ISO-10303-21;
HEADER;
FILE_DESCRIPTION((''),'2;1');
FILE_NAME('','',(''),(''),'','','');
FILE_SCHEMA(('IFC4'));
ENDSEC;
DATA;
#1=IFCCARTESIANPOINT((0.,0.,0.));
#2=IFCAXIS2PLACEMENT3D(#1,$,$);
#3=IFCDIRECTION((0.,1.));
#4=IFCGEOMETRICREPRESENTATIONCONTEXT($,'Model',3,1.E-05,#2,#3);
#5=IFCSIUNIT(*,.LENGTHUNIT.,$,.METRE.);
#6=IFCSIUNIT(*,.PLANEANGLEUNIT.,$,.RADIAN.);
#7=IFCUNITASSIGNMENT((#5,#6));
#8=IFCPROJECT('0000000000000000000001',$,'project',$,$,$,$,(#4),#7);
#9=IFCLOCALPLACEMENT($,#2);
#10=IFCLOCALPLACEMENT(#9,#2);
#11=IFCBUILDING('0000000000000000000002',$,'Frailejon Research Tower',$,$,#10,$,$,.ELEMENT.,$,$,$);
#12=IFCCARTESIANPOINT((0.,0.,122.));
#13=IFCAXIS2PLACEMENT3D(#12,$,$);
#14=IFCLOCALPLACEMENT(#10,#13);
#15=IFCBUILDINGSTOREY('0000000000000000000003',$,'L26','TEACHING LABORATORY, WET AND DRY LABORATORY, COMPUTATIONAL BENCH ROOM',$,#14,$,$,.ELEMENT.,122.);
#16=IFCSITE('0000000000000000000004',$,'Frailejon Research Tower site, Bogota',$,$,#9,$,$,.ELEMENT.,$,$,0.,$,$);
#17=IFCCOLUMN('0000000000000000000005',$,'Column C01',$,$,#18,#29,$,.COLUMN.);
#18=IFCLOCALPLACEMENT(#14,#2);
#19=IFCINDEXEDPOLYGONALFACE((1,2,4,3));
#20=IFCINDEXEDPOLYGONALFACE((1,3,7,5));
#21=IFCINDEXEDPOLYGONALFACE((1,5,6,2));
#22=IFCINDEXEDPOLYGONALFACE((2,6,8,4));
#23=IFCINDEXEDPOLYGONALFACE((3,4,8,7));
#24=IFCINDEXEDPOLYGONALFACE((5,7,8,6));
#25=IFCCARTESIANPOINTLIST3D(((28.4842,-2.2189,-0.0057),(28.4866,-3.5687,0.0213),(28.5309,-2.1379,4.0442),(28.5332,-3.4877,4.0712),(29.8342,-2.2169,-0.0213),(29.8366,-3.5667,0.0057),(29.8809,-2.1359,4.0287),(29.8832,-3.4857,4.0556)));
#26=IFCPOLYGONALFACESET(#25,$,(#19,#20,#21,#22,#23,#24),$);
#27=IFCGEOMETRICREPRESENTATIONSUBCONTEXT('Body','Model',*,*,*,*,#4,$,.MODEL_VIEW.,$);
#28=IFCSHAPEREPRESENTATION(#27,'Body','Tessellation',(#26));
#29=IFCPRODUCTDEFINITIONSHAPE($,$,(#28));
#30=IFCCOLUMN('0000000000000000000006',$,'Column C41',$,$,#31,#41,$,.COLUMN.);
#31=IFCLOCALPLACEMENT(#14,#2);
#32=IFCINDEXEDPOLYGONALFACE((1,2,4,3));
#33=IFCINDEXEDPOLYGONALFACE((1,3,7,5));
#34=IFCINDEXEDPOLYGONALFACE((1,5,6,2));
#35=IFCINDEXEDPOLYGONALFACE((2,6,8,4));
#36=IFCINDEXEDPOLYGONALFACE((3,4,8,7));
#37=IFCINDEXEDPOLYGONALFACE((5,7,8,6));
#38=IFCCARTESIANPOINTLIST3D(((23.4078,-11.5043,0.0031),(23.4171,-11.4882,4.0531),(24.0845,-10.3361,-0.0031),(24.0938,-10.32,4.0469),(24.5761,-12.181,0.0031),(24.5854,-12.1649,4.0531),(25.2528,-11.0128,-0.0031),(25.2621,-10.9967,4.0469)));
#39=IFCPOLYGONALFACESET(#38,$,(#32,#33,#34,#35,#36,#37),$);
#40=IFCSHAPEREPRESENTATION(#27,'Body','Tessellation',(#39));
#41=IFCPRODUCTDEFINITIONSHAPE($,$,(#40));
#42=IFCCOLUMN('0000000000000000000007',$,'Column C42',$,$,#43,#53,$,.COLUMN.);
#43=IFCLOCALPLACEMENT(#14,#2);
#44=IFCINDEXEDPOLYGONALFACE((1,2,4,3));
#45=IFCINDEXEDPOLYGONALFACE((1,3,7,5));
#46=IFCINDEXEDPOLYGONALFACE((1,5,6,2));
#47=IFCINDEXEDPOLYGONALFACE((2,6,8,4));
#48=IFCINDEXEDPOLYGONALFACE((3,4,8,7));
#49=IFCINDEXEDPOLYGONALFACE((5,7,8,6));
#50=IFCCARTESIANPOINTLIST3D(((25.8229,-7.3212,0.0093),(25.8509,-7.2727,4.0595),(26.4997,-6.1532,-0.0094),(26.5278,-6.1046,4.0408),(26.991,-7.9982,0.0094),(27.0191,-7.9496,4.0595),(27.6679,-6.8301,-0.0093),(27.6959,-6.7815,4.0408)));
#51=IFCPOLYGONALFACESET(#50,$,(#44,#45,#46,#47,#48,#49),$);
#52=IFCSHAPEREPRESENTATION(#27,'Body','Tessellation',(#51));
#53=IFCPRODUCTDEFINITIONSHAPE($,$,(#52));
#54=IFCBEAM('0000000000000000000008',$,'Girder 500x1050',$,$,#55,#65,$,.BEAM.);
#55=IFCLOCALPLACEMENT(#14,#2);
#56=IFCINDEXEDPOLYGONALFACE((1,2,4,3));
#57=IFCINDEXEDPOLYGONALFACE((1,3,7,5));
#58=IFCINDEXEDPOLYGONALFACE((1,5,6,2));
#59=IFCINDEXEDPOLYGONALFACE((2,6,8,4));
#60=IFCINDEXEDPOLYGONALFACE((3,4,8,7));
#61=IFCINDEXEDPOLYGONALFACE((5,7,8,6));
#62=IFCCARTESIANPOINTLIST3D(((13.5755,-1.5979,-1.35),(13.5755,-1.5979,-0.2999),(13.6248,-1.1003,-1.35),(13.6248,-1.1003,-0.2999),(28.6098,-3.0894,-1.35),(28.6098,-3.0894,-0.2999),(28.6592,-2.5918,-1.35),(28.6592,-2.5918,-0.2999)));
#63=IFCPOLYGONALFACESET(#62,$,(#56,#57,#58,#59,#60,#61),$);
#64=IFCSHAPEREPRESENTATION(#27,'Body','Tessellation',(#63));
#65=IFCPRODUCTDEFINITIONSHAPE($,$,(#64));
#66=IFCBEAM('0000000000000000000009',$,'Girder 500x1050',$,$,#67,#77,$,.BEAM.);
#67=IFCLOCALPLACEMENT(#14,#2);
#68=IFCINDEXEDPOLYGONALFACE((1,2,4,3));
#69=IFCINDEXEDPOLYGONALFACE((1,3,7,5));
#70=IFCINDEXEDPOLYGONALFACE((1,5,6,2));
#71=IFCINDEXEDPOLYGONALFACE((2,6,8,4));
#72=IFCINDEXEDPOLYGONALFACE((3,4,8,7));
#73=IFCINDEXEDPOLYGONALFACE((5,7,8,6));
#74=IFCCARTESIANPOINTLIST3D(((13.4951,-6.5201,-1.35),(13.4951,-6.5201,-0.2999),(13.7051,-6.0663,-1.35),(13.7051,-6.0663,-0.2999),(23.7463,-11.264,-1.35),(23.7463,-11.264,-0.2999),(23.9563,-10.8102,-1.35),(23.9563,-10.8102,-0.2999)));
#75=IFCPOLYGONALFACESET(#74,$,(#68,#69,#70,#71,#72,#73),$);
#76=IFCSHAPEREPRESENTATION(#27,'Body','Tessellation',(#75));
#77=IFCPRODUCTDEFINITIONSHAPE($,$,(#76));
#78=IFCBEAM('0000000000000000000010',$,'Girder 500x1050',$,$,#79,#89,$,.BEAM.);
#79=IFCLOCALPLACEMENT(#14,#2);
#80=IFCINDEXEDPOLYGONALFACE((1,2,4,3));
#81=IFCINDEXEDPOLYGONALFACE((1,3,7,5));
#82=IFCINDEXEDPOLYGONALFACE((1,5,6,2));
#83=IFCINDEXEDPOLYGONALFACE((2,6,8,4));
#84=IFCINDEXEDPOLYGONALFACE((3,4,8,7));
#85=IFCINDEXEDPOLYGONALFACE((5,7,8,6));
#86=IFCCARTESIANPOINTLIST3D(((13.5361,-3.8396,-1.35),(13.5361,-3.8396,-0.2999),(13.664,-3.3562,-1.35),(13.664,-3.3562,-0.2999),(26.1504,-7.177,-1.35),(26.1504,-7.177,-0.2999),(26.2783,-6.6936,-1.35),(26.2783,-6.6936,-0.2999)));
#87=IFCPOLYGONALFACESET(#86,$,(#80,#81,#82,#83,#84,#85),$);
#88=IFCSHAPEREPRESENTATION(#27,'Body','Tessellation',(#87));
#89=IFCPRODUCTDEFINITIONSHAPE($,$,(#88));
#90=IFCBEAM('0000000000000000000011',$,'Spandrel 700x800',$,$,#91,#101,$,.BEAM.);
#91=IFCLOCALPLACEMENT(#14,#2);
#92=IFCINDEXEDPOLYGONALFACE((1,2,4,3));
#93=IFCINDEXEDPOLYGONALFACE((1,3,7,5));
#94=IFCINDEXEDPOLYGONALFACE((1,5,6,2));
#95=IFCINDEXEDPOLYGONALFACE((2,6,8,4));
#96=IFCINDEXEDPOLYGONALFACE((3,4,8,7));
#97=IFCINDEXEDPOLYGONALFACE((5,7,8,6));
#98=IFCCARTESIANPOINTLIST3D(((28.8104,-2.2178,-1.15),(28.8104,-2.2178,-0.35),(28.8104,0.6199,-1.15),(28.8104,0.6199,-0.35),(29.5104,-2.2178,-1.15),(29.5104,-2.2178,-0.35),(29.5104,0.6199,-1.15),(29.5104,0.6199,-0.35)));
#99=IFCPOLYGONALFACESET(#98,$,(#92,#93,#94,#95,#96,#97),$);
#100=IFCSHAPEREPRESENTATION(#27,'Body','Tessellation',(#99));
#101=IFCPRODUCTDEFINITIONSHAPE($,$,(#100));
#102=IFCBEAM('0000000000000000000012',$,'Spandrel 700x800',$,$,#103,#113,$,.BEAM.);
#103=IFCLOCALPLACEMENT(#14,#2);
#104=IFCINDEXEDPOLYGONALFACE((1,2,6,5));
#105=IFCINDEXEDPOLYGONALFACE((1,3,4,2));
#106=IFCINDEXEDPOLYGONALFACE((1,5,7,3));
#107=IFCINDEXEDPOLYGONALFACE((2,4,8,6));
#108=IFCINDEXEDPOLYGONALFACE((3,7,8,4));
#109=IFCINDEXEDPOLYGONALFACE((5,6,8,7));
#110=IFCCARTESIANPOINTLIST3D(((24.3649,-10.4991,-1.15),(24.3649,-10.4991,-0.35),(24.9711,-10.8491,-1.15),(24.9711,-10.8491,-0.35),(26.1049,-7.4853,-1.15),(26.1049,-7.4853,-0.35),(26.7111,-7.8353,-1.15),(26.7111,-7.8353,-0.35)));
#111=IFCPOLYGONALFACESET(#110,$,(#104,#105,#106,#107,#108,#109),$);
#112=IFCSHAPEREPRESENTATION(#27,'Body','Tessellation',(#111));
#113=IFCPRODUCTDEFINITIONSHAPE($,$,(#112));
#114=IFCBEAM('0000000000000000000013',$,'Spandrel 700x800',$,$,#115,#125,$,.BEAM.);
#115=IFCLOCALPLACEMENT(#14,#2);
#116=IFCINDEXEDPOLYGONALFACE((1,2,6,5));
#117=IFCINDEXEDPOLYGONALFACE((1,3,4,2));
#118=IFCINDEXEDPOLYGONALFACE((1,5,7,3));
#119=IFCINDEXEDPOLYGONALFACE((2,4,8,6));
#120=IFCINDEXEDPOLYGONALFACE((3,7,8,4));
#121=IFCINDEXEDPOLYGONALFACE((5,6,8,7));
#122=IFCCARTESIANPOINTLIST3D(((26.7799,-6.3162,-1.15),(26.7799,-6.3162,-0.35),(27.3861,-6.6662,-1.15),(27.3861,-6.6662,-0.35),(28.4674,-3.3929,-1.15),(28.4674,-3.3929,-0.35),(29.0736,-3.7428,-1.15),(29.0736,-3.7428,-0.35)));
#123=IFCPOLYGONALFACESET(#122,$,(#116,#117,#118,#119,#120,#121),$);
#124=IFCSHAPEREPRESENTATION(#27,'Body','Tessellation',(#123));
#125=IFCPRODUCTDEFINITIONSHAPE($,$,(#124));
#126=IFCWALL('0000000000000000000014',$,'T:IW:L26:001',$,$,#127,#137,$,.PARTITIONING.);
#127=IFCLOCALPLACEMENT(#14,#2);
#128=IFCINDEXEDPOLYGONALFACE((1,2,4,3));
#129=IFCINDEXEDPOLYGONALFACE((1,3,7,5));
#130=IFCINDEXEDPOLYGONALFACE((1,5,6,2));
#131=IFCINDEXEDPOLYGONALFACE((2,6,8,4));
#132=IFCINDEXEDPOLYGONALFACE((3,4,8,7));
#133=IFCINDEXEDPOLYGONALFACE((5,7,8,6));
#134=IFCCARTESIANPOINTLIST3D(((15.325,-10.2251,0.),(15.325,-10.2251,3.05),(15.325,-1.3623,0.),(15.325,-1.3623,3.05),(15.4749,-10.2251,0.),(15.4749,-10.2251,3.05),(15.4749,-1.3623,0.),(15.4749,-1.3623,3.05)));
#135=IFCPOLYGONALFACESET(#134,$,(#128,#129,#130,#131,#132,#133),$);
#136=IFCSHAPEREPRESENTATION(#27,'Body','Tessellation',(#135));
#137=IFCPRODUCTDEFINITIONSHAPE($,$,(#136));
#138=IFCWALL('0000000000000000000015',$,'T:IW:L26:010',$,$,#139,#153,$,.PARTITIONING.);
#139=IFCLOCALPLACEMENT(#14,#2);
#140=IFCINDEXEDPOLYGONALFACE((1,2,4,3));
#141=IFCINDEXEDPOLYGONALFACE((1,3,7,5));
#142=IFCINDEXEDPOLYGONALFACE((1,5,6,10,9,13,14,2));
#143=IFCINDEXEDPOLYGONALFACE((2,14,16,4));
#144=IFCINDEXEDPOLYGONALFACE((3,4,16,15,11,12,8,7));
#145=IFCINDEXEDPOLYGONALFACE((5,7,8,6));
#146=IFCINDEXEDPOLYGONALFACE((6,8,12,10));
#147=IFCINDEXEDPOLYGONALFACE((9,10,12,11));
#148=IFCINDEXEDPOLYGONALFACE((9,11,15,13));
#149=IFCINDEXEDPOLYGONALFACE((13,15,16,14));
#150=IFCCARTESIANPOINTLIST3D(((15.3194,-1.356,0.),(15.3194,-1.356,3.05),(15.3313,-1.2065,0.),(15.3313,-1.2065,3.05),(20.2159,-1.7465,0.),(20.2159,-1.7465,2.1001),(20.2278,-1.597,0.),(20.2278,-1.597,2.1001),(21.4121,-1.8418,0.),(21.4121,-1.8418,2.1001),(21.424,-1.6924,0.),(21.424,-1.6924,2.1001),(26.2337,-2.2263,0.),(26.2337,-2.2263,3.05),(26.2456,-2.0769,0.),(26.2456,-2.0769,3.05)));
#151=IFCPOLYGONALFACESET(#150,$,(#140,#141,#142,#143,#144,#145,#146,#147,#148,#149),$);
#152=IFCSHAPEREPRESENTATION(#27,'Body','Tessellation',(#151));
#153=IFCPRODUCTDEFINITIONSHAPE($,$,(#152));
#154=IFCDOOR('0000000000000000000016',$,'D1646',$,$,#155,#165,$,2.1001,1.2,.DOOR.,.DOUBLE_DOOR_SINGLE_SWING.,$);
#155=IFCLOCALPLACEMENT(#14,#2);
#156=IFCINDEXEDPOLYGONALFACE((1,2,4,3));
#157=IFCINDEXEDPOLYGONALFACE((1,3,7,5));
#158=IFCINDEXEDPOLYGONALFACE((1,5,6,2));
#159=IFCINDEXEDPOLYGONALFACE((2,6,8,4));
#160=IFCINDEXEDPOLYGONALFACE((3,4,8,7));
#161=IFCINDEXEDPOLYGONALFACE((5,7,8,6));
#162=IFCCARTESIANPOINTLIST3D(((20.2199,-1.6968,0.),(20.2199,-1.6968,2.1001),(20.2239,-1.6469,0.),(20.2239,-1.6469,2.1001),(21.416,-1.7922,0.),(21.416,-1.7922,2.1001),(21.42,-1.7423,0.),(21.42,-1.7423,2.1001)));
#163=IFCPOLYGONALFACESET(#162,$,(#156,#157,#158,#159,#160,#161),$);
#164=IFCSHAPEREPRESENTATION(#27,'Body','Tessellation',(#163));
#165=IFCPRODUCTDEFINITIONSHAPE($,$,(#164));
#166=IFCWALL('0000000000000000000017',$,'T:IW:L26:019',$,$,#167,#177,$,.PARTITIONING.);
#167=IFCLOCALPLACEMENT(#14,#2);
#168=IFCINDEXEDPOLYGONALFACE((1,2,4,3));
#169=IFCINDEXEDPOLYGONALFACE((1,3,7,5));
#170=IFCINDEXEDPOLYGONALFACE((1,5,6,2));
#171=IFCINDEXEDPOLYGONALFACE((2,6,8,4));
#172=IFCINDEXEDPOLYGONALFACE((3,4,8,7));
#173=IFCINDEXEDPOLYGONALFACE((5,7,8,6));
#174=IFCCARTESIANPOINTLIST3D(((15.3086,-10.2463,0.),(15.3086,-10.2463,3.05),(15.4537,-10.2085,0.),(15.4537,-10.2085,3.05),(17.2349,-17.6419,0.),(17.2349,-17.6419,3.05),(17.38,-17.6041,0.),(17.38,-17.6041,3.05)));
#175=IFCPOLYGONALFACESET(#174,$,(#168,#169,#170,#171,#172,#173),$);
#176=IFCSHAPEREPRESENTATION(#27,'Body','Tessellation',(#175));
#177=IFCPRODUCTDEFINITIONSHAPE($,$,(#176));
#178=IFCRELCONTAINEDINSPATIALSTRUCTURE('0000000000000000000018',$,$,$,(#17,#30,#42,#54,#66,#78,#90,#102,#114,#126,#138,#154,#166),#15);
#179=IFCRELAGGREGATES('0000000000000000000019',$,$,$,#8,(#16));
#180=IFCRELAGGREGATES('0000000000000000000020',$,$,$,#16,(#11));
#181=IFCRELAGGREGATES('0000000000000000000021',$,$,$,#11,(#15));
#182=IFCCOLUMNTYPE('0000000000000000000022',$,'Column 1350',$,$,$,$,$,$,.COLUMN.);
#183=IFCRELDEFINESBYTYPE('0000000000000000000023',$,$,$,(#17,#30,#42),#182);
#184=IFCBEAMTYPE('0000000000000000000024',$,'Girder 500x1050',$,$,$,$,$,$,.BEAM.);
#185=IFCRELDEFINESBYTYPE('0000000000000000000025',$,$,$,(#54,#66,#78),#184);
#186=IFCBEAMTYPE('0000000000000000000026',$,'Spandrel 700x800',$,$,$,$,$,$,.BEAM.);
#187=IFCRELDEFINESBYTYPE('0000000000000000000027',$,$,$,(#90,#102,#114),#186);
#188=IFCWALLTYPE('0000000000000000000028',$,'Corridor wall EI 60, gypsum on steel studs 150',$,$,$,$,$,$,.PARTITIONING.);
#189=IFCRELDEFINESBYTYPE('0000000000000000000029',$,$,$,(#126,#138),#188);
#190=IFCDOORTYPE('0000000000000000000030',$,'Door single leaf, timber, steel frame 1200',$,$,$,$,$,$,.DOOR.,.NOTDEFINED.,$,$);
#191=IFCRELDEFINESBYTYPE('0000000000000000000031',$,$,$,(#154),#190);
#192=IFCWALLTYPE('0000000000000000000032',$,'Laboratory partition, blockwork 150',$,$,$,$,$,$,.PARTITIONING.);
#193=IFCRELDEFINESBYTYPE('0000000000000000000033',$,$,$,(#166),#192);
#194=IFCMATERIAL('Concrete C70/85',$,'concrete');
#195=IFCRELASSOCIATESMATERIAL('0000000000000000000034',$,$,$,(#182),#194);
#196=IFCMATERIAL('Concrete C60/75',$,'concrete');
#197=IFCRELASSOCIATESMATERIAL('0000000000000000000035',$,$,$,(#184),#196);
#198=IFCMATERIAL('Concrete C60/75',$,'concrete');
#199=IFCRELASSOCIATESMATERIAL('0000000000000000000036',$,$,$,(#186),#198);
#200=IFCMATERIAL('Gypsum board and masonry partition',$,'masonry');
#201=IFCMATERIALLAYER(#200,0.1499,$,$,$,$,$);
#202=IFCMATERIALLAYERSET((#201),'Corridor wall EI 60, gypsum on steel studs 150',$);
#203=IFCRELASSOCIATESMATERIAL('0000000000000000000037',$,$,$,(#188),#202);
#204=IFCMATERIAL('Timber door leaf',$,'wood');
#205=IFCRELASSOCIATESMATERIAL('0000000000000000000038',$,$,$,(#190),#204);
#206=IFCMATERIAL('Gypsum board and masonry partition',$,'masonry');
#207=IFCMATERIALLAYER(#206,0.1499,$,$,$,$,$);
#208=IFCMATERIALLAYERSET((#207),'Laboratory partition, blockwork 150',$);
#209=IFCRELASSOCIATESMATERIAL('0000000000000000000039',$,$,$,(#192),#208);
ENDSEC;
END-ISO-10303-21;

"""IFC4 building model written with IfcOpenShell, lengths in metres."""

from ifc_helpers import new_model, si_unit, direction, frame, frame_2d, origin, origin_2d, place, context, subcontext, project, spatial, rectangle, extrude, material, layer, layer_set, material_profile, profile_set, type_object, element, fill, save


model = new_model("IFC4")

# Units and contexts
model_context = context("Model", 3, precision=1e-05, world=origin(), true_north=direction((0.0, 1.0)))
body_context = subcontext(model_context, "Body", "Model", "MODEL_VIEW")
ifc_project = project(units=[si_unit("LENGTHUNIT", "METRE"), si_unit("PLANEANGLEUNIT", "RADIAN")], contexts=[model_context])

# Site, building, storey
site_placement = place(None, origin())
site = spatial("IfcSite", under=ifc_project, at=site_placement, Name="Frailejon Research Tower site, Bogota", CompositionType="ELEMENT", RefElevation=0.0)
building_placement = place(site_placement, origin())
building = spatial("IfcBuilding", under=site, at=building_placement, Name="Frailejon Research Tower", CompositionType="ELEMENT")
storey_placement = place(building_placement, frame((0.0, 0.0, 122.0)))
storey = spatial("IfcBuildingStorey", under=building, at=storey_placement, Name="L26", Description="TEACHING LABORATORY, WET AND DRY LABORATORY, COMPUTATIONAL BENCH ROOM", CompositionType="ELEMENT", Elevation=122.0)

# Columns
ifc_material_1 = material(Name="Concrete C70/85", Category="concrete")
ifc_material_profile_1 = material_profile(ifc_material_1, rectangle(XDim=1.3501, YDim=1.3501, at=origin_2d()), Name="Column 1350")
ifc_profile_set_1 = profile_set([ifc_material_profile_1], Name="Concrete C70/85")
column_type = type_object("IfcColumnType", Name="Column 1350", PredefinedType="COLUMN", material=ifc_profile_set_1)
column_1_placement = place(storey_placement, frame((29.1604, -2.8928, 0.0), z_axis=(0.011511, 0.020008, 0.999734), x_axis=(-0.001711, 0.999799, -0.01999)))
element("IfcColumn", 1, at=column_1_placement, inside=storey, type_object=column_type, Name="Column C01", PredefinedType="COLUMN", context=body_context, shape_type="SweptSolid", body=[
    extrude(rectangle(XDim=1.3501, YDim=1.3501, at=origin_2d()), origin(), (0.0, 0.0, 1.0), 4.051),
])
column_2_placement = place(storey_placement, frame((24.3303, -11.2585, 0.0), z_axis=(0.002291, 0.003978, 0.999989), x_axis=(0.501228, 0.865303, -0.004591)))
element("IfcColumn", 2, at=column_2_placement, inside=storey, type_object=column_type, Name="Column C41", PredefinedType="COLUMN", context=body_context, shape_type="SweptSolid", body=[
    extrude(rectangle(XDim=1.3501, YDim=1.3501, at=origin_2d()), origin(), (0.0, 0.0, 1.0), 4.05),
])
column_3_placement = place(storey_placement, frame((26.7454, -7.0757, 0.0), z_axis=(0.006932, 0.011995, 0.999904), x_axis=(0.501337, 0.865141, -0.013854)))
element("IfcColumn", 3, at=column_3_placement, inside=storey, type_object=column_type, Name="Column C42", PredefinedType="COLUMN", context=body_context, shape_type="SweptSolid", body=[
    extrude(rectangle(XDim=1.3501, YDim=1.3501, at=origin_2d()), origin(), (0.0, 0.0, 1.0), 4.0505),
])

# Beams
ifc_material_2 = material(Name="Concrete C60/75", Category="concrete")
ifc_material_profile_2 = material_profile(ifc_material_2, rectangle(XDim=0.5, YDim=1.05, at=origin_2d()), Name="Girder 500x1050")
ifc_profile_set_2 = profile_set([ifc_material_profile_2], Name="Concrete C60/75")
beam_type_1 = type_object("IfcBeamType", Name="Girder 500x1050", PredefinedType="BEAM", material=ifc_profile_set_2)
beam_1_placement = place(storey_placement, frame((28.6345, -2.8406, -0.825), z_axis=(-0.995115, 0.098718, 0.0), x_axis=(-0.098718, -0.995115, 0.0)))
element("IfcBeam", 4, at=beam_1_placement, inside=storey, type_object=beam_type_1, Name="Girder 500x1050", PredefinedType="BEAM", context=body_context, shape_type="SweptSolid", body=[
    extrude(rectangle(XDim=0.5, YDim=1.05, at=origin_2d()), origin(), (0.0, 0.0, 1.0), 15.1082),
])
beam_2_placement = place(storey_placement, frame((23.8513, -11.0371, -0.825), z_axis=(-0.907536, 0.419975, 0.0), x_axis=(-0.419975, -0.907536, 0.0)))
element("IfcBeam", 5, at=beam_2_placement, inside=storey, type_object=beam_type_1, Name="Girder 500x1050", PredefinedType="BEAM", context=body_context, shape_type="SweptSolid", body=[
    extrude(rectangle(XDim=0.5, YDim=1.05, at=origin_2d()), origin(), (0.0, 0.0, 1.0), 11.2957),
])
beam_3_placement = place(storey_placement, frame((26.2144, -6.9353, -0.825), z_axis=(-0.966737, 0.255773, 0.0), x_axis=(-0.255773, -0.966737, 0.0)))
element("IfcBeam", 6, at=beam_3_placement, inside=storey, type_object=beam_type_1, Name="Girder 500x1050", PredefinedType="BEAM", context=body_context, shape_type="SweptSolid", body=[
    extrude(rectangle(XDim=0.5, YDim=1.05, at=origin_2d()), origin(), (0.0, 0.0, 1.0), 13.0483),
])
ifc_material_3 = material(Name="Concrete C60/75", Category="concrete")
ifc_material_profile_3 = material_profile(ifc_material_3, rectangle(XDim=0.7, YDim=0.8, at=origin_2d()), Name="Spandrel 700x800")
ifc_profile_set_3 = profile_set([ifc_material_profile_3], Name="Concrete C60/75")
beam_type_2 = type_object("IfcBeamType", Name="Spandrel 700x800", PredefinedType="BEAM", material=ifc_profile_set_3)
beam_4_placement = place(storey_placement, frame((29.1604, -2.2178, -0.75), z_axis=(0.0, 1.0, 0.0), x_axis=(-1.0, 0.0, 0.0)))
element("IfcBeam", 7, at=beam_4_placement, inside=storey, type_object=beam_type_2, Name="Spandrel 700x800", PredefinedType="BEAM", context=body_context, shape_type="SweptSolid", body=[
    extrude(rectangle(XDim=0.7, YDim=0.8, at=origin_2d()), origin(), (0.0, 0.0, 1.0), 2.8376),
])
beam_5_placement = place(storey_placement, frame((24.668, -10.6741, -0.75), z_axis=(0.50001, 0.86602, 0.0), x_axis=(-0.86602, 0.50001, 0.0)))
element("IfcBeam", 8, at=beam_5_placement, inside=storey, type_object=beam_type_2, Name="Spandrel 700x800", PredefinedType="BEAM", context=body_context, shape_type="SweptSolid", body=[
    extrude(rectangle(XDim=0.7, YDim=0.8, at=origin_2d()), origin(), (0.0, 0.0, 1.0), 3.48),
])
beam_6_placement = place(storey_placement, frame((27.083, -6.4912, -0.75), z_axis=(0.499935, 0.866063, 0.0), x_axis=(-0.866063, 0.499935, 0.0)))
element("IfcBeam", 9, at=beam_6_placement, inside=storey, type_object=beam_type_2, Name="Spandrel 700x800", PredefinedType="BEAM", context=body_context, shape_type="SweptSolid", body=[
    extrude(rectangle(XDim=0.7, YDim=0.8, at=origin_2d()), origin(), (0.0, 0.0, 1.0), 3.3755),
])

# Wall
ifc_material_4 = material(Name="Gypsum board and masonry partition", Category="masonry")
ifc_layer_1 = layer(ifc_material_4, 0.1499)
ifc_layer_set_1 = layer_set([ifc_layer_1], Name="Corridor wall EI 60, gypsum on steel studs 150")
wall_type_1 = type_object("IfcWallType", Name="Corridor wall EI 60, gypsum on steel studs 150", PredefinedType="PARTITIONING", material=ifc_layer_set_1)
wall_1_placement = place(storey_placement, frame((15.3999, -10.2251, 0.0), z_axis=(0.0, 0.0, 1.0), x_axis=(0.0, 1.0, 0.0)))
element("IfcWall", 10, at=wall_1_placement, inside=storey, type_object=wall_type_1, Name="T:IW:L26:001", PredefinedType="PARTITIONING", context=body_context, shape_type="SweptSolid", body=[
    extrude(rectangle(XDim=8.8628, YDim=0.1499, at=frame_2d((4.4314, 0.0))), origin(), (0.0, 0.0, 1.0), 3.05),
])

# Wall, opening, door
wall_2_placement = place(storey_placement, frame((15.3252, -1.2812, 0.0), z_axis=(0.0, 0.0, 1.0), x_axis=(0.996835, -0.079493, 0.0)))
wall_2 = element("IfcWall", 11, at=wall_2_placement, inside=storey, type_object=wall_type_1, Name="T:IW:L26:010", PredefinedType="PARTITIONING", context=body_context, shape_type="SweptSolid", body=[
    extrude(rectangle(XDim=10.949, YDim=0.1499, at=frame_2d((5.4746, 0.0))), origin(), (0.0, 0.0, 1.0), 3.05),
])
opening_1_placement = place(wall_2_placement, frame((4.9121, 0.0, 0.0)))
opening_1 = element("IfcOpeningElement", 12, at=opening_1_placement, cuts=wall_2, PredefinedType="OPENING", context=body_context, shape_type="SweptSolid", body=[
    extrude(rectangle(XDim=1.2, YDim=2.1001, at=frame_2d((0.6001, 1.05))), frame((0.0, 0.085, 0.0), z_axis=(0.0, -1.0, 0.0), x_axis=(1.0, 0.0, 0.0)), (0.0, 0.0, 1.0), 0.1699),
])
ifc_material_5 = material(Name="Timber door leaf", Category="wood")
door_type = type_object("IfcDoorType", Name="Door single leaf, timber, steel frame 1200", OperationType="NOTDEFINED", PredefinedType="DOOR", material=ifc_material_5)
door_placement = place(opening_1_placement, origin())
door = element("IfcDoor", 13, at=door_placement, inside=storey, type_object=door_type, Name="D1646", OperationType="DOUBLE_DOOR_SINGLE_SWING", OverallHeight=2.1001, OverallWidth=1.2, PredefinedType="DOOR", context=body_context, shape_type="SweptSolid", body=[
    extrude(rectangle(XDim=1.2, YDim=2.1001, at=frame_2d((0.6001, 1.05))), frame((0.0, 0.0249, 0.0), z_axis=(0.0, -1.0, 0.0), x_axis=(1.0, 0.0, 0.0)), (0.0, 0.0, 1.0), 0.05),
])
fill(opening_1, door)

# Wall
ifc_material_6 = material(Name="Gypsum board and masonry partition", Category="masonry")
ifc_layer_2 = layer(ifc_material_6, 0.1499)
ifc_layer_set_2 = layer_set([ifc_layer_2], Name="Laboratory partition, blockwork 150")
wall_type_2 = type_object("IfcWallType", Name="Laboratory partition, blockwork 150", PredefinedType="PARTITIONING", material=ifc_layer_set_2)
wall_3_placement = place(storey_placement, frame((15.3811, -10.2273, 0.0), z_axis=(0.0, 0.0, 1.0), x_axis=(0.252055, -0.967713, 0.0)))
element("IfcWall", 14, at=wall_3_placement, inside=storey, type_object=wall_type_2, Name="T:IW:L26:019", PredefinedType="PARTITIONING", context=body_context, shape_type="SweptSolid", body=[
    extrude(rectangle(XDim=7.6423, YDim=0.1499, at=frame_2d((3.8213, 0.0))), origin(), (0.0, 0.0, 1.0), 3.05),
])

save(model, "model.ifc")
